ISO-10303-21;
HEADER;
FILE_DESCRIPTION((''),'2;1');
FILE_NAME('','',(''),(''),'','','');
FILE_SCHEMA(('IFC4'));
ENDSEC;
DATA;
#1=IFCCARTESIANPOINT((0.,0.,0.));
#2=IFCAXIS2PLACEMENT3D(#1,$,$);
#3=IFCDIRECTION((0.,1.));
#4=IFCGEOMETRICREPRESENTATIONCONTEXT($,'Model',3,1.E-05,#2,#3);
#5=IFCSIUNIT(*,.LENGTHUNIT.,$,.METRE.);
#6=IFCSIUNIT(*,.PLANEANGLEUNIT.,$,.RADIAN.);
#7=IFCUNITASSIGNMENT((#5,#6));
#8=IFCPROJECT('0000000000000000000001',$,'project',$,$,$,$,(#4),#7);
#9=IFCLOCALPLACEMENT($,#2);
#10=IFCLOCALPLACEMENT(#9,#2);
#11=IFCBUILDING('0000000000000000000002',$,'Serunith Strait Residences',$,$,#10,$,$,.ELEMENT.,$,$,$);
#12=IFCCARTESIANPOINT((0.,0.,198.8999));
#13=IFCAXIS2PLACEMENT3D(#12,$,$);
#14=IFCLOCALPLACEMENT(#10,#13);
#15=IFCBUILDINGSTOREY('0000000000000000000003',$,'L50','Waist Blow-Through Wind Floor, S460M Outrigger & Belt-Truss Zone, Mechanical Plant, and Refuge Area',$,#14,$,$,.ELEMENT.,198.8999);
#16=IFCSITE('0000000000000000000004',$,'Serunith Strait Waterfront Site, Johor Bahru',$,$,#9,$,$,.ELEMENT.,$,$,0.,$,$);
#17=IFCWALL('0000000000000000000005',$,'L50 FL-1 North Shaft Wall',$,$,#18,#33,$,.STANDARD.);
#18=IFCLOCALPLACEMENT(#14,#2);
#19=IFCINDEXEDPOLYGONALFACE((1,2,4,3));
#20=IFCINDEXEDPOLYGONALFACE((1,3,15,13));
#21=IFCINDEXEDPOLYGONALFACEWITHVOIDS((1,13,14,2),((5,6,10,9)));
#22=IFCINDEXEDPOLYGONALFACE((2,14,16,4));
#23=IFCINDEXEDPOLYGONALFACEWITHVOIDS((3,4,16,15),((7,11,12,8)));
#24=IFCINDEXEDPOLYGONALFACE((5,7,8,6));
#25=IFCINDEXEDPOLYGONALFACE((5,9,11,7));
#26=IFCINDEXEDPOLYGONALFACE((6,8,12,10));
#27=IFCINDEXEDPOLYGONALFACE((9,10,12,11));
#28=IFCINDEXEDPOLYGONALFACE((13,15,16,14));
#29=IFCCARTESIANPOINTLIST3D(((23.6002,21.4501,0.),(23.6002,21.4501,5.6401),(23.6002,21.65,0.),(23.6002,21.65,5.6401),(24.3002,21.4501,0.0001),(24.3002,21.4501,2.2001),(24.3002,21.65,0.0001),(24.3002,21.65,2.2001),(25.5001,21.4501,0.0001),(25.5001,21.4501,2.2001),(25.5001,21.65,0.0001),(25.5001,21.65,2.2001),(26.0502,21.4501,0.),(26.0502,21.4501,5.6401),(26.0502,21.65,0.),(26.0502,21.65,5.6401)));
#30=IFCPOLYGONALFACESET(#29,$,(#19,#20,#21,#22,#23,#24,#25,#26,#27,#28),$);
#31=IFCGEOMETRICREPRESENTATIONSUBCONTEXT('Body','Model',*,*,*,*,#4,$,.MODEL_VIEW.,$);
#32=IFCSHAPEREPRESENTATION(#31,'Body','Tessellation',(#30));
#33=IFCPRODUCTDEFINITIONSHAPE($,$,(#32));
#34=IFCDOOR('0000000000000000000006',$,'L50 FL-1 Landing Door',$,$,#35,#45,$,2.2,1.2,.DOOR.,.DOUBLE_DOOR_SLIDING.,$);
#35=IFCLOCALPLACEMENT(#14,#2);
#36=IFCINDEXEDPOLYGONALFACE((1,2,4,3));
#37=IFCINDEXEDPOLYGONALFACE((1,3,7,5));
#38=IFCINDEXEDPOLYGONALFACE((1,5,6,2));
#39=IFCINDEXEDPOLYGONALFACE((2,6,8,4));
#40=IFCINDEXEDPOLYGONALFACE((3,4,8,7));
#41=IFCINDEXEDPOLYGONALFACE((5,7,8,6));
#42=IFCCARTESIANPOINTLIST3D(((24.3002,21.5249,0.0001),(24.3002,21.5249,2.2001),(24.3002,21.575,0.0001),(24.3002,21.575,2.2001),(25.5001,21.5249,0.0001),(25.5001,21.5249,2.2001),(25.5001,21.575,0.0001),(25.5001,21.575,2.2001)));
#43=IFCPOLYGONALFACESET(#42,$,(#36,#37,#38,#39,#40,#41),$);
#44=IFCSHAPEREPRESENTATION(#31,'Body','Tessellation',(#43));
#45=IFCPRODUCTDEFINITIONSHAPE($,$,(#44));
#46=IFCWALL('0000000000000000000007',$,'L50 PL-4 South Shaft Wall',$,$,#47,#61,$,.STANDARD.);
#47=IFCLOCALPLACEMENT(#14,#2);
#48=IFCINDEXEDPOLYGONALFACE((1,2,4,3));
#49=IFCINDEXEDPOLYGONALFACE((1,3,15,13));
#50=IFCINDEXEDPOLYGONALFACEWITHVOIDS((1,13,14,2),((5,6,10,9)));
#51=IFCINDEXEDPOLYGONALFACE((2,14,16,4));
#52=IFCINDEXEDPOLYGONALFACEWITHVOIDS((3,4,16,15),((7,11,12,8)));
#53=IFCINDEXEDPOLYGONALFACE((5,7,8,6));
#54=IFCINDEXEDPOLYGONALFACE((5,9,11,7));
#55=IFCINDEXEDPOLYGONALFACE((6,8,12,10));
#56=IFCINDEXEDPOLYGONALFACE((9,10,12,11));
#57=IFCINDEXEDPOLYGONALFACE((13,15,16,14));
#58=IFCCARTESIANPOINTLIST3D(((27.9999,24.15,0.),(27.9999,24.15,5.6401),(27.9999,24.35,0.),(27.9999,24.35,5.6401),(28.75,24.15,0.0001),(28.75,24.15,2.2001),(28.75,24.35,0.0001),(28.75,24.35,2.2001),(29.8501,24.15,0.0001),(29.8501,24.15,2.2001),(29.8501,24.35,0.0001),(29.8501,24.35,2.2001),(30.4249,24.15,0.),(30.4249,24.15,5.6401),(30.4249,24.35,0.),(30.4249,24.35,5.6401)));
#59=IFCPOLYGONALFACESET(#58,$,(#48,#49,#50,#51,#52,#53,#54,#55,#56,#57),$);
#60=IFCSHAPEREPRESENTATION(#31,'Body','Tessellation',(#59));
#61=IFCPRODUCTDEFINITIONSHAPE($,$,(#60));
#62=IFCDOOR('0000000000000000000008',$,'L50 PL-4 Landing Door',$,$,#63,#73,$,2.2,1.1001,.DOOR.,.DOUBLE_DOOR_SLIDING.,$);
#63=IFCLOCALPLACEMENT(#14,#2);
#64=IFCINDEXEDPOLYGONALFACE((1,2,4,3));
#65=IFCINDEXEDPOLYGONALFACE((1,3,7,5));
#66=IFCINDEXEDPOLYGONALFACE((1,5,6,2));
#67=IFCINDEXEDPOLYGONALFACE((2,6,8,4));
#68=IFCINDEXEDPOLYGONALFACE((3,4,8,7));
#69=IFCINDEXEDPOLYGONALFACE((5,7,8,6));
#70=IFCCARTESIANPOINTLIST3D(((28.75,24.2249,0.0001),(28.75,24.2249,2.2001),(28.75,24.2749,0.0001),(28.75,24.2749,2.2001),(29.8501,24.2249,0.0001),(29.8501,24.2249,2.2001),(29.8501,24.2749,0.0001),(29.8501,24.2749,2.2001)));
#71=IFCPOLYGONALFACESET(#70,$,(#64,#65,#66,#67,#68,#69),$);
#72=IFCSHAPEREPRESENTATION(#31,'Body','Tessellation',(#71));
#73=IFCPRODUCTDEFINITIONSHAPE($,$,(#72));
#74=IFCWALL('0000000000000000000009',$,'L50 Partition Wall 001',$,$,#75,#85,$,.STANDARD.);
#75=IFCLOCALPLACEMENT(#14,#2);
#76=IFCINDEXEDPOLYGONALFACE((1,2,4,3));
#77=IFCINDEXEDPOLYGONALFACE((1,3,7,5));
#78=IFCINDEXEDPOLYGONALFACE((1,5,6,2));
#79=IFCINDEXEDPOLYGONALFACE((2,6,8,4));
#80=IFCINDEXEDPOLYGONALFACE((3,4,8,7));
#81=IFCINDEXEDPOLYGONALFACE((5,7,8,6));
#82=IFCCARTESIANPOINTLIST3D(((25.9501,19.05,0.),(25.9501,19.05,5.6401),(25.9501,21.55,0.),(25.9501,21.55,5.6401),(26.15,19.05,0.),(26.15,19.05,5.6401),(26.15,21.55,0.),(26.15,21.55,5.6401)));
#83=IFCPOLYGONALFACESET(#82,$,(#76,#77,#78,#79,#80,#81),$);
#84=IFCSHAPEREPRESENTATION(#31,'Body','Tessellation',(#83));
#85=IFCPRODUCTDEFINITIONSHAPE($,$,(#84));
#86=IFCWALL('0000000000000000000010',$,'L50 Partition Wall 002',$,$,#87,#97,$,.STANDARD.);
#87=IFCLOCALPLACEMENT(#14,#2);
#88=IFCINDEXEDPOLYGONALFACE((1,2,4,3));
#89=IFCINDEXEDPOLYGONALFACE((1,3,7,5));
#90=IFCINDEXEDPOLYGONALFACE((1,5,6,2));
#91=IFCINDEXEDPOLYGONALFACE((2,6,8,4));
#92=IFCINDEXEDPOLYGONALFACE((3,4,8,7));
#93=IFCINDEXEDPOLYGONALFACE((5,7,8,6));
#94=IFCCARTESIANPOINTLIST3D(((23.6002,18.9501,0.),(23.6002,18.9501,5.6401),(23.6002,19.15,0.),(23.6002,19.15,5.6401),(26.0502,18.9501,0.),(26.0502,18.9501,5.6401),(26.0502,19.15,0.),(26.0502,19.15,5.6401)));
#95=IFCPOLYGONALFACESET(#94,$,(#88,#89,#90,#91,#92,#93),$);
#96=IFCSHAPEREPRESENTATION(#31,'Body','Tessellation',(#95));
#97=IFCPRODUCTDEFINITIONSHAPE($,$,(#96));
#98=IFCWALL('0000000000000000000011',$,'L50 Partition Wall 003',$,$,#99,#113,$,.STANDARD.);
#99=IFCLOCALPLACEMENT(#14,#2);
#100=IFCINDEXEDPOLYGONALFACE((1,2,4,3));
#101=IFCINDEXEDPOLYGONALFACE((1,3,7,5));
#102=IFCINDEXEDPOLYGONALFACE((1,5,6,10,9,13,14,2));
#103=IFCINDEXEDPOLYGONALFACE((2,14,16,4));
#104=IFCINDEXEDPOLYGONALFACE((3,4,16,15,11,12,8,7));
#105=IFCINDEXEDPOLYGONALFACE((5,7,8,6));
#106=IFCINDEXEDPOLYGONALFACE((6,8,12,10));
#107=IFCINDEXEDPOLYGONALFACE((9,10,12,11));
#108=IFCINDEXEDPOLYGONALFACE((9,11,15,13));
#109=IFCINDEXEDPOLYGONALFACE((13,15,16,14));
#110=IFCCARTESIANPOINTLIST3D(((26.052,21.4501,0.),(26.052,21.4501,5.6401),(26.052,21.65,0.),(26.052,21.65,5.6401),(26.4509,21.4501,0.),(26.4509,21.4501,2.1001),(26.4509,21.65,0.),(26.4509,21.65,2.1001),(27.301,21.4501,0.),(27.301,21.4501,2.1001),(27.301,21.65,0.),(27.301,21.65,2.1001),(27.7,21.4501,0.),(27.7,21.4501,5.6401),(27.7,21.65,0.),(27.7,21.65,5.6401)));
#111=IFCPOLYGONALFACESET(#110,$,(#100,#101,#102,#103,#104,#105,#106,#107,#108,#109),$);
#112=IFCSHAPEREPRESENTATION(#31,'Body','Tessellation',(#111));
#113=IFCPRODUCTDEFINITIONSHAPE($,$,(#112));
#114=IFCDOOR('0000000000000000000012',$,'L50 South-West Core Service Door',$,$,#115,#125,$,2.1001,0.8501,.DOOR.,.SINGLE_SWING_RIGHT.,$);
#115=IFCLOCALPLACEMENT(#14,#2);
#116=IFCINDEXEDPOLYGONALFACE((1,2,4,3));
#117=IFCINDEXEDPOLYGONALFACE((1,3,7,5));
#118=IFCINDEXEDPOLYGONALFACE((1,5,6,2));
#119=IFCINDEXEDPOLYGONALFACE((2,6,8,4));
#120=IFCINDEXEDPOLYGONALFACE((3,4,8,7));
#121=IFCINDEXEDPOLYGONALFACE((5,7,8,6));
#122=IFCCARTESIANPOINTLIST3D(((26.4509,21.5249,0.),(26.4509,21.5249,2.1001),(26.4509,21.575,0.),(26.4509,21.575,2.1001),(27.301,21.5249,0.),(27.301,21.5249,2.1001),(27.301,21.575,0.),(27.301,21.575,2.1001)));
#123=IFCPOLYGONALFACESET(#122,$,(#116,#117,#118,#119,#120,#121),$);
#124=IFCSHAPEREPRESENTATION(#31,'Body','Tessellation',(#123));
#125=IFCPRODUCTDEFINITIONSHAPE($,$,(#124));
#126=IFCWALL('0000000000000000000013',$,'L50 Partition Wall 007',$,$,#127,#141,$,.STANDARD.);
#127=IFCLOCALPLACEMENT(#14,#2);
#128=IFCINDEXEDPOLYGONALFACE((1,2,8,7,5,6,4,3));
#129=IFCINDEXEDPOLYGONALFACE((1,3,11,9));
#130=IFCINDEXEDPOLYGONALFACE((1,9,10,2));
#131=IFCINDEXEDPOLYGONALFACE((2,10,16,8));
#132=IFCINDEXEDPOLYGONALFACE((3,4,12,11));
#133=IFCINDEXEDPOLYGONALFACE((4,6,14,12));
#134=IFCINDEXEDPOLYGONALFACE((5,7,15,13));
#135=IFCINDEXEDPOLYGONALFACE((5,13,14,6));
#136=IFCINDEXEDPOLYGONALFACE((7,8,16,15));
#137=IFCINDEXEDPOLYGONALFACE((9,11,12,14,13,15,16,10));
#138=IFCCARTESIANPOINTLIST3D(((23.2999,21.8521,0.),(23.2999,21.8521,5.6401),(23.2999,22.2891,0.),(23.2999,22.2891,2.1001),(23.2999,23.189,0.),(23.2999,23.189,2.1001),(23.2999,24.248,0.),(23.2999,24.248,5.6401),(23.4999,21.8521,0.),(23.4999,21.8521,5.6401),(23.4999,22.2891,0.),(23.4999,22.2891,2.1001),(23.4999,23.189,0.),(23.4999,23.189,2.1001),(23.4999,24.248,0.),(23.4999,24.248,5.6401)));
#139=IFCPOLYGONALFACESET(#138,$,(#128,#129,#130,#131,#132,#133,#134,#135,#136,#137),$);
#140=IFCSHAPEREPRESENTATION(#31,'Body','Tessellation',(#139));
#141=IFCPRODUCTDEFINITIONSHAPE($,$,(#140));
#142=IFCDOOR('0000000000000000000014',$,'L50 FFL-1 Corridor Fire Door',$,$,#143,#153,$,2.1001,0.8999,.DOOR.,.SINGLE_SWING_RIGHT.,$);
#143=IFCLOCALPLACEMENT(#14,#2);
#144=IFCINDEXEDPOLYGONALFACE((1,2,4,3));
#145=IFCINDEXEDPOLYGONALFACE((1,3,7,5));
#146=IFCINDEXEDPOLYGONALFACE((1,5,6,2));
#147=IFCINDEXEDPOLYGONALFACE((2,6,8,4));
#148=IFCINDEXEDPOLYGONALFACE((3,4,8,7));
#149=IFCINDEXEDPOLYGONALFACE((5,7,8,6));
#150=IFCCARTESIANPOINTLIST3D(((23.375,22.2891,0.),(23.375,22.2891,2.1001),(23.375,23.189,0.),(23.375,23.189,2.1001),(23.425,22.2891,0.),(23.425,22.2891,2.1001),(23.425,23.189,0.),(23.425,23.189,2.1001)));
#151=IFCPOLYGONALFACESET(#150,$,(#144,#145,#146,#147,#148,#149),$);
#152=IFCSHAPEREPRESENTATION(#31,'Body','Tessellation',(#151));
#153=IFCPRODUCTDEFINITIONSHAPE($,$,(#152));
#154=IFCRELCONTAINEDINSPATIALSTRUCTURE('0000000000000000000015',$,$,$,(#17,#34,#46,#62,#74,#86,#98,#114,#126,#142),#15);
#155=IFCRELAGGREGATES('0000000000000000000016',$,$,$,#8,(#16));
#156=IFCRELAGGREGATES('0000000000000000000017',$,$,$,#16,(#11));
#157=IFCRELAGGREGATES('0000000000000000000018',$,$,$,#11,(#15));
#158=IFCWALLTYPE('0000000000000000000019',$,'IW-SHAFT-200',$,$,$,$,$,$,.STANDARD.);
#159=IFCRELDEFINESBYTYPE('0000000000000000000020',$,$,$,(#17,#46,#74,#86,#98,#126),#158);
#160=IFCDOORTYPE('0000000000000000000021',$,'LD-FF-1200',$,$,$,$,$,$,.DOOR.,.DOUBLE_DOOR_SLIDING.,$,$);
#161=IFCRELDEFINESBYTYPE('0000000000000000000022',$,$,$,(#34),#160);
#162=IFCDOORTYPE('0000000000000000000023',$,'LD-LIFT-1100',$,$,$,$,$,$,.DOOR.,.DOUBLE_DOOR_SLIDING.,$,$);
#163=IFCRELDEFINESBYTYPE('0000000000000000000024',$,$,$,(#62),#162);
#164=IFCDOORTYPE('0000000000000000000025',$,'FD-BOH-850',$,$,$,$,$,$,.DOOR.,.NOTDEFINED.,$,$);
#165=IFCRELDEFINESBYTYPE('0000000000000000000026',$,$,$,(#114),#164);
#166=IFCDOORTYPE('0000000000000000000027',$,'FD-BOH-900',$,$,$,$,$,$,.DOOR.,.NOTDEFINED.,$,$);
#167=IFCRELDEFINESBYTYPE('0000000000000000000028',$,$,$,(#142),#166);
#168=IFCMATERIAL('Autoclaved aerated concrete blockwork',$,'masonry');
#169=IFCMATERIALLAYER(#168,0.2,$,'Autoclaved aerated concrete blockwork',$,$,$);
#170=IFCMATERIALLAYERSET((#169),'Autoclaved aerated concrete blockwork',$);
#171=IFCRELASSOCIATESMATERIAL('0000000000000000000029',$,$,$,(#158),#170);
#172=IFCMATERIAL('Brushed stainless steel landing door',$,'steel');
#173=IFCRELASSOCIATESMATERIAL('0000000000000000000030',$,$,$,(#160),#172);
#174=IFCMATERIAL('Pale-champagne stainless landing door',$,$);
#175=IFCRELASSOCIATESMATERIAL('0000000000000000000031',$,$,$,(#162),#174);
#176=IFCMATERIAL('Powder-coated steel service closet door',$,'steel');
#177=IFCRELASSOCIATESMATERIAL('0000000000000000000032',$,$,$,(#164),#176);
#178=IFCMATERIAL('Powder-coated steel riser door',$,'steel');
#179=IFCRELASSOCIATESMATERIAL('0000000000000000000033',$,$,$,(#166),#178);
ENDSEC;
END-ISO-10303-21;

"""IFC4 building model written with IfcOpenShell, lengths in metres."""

from ifc_helpers import new_model, si_unit, direction, frame, frame_2d, origin, place, context, subcontext, project, spatial, rectangle, extrude, source, transform, mapped, material, layer, layer_set, type_object, element, fill, save


model = new_model("IFC4")

# Units and contexts
model_context = context("Model", 3, precision=1e-05, world=origin(), true_north=direction((0.0, 1.0)))
body_context = subcontext(model_context, "Body", "Model", "MODEL_VIEW")
ifc_project = project(units=[si_unit("LENGTHUNIT", "METRE"), si_unit("PLANEANGLEUNIT", "RADIAN")], contexts=[model_context])

# Site, building, storey
site_placement = place(None, origin())
site = spatial("IfcSite", under=ifc_project, at=site_placement, Name="Serunith Strait Waterfront Site, Johor Bahru", CompositionType="ELEMENT", RefElevation=0.0)
building_placement = place(site_placement, origin())
building = spatial("IfcBuilding", under=site, at=building_placement, Name="Serunith Strait Residences", CompositionType="ELEMENT")
storey_placement = place(building_placement, frame((0.0, 0.0, 198.8999)))
storey = spatial("IfcBuildingStorey", under=building, at=storey_placement, Name="L50", Description="Waist Blow-Through Wind Floor, S460M Outrigger & Belt-Truss Zone, Mechanical Plant, and Refuge Area", CompositionType="ELEMENT", Elevation=198.8999)

# Walls, openings, doors
ifc_material_1 = material(Name="Autoclaved aerated concrete blockwork", Category="masonry")
ifc_layer_1 = layer(ifc_material_1, 0.2, Name="Autoclaved aerated concrete blockwork")
ifc_layer_set_1 = layer_set([ifc_layer_1], Name="Autoclaved aerated concrete blockwork")
wall_type_1 = type_object("IfcWallType", Name="IW-SHAFT-200", PredefinedType="STANDARD", material=ifc_layer_set_1)
wall_1_placement = place(storey_placement, frame((23.6001, 21.55, 0.0), z_axis=(0.0, 0.0, 1.0), x_axis=(1.0, 0.0, 0.0)))
wall_1 = element("IfcWall", 1, at=wall_1_placement, inside=storey, type_object=wall_type_1, Name="L50 FL-1 North Shaft Wall", PredefinedType="STANDARD", context=body_context, shape_type="SweptSolid", body=[
    extrude(rectangle(XDim=2.45, YDim=0.2, at=frame_2d((1.2251, 0.0))), origin(), (0.0, 0.0, 1.0), 5.6401),
])
opening_1_placement = place(wall_1_placement, frame((0.7, 0.0, 0.0)))
opening_1 = element("IfcOpeningElement", 2, at=opening_1_placement, cuts=wall_1, PredefinedType="OPENING", context=body_context, shape_type="SweptSolid", body=[
    extrude(rectangle(XDim=1.2, YDim=2.2, at=frame_2d((0.6001, 1.1001))), frame((0.0, 0.1099, 0.0), z_axis=(0.0, -1.0, 0.0), x_axis=(1.0, 0.0, 0.0)), (0.0, 0.0, 1.0), 0.22),
])
ifc_material_2 = material(Name="Brushed stainless steel landing door", Category="steel")
door_type_1 = type_object("IfcDoorType", Name="LD-FF-1200", OperationType="DOUBLE_DOOR_SLIDING", PredefinedType="DOOR", material=ifc_material_2)
shared_shape_1 = source(origin(), body_context, "Body", "SweptSolid", [
    extrude(rectangle(XDim=1.2, YDim=2.2, at=frame_2d((0.6001, 1.1001))), frame((0.0, 0.0249, 0.0), z_axis=(0.0, -1.0, 0.0), x_axis=(1.0, 0.0, 0.0)), (0.0, 0.0, 1.0), 0.05),
])
door_1_placement = place(opening_1_placement, origin())
door_1 = element("IfcDoor", 3, at=door_1_placement, inside=storey, type_object=door_type_1, Name="L50 FL-1 Landing Door", OperationType="DOUBLE_DOOR_SLIDING", OverallHeight=2.2, OverallWidth=1.2, PredefinedType="DOOR", context=body_context, shape_type="MappedRepresentation", body=[
    mapped(shared_shape_1, transform((0.0, 0.0, 0.0), scale=1.0)),
])
fill(opening_1, door_1)
wall_2_placement = place(storey_placement, frame((28.0, 24.25, 0.0), z_axis=(0.0, 0.0, 1.0), x_axis=(1.0, 0.0, 0.0)))
wall_2 = element("IfcWall", 4, at=wall_2_placement, inside=storey, type_object=wall_type_1, Name="L50 PL-4 South Shaft Wall", PredefinedType="STANDARD", context=body_context, shape_type="SweptSolid", body=[
    extrude(rectangle(XDim=2.425, YDim=0.2, at=frame_2d((1.2124, 0.0))), origin(), (0.0, 0.0, 1.0), 5.6401),
])
opening_2_placement = place(wall_2_placement, frame((0.75, 0.0, 0.0)))
opening_2 = element("IfcOpeningElement", 5, at=opening_2_placement, cuts=wall_2, PredefinedType="OPENING", context=body_context, shape_type="SweptSolid", body=[
    extrude(rectangle(XDim=1.1001, YDim=2.2, at=frame_2d((0.55, 1.1001))), frame((0.0, 0.1099, 0.0), z_axis=(0.0, -1.0, 0.0), x_axis=(1.0, 0.0, 0.0)), (0.0, 0.0, 1.0), 0.22),
])
ifc_material_3 = material(Name="Pale-champagne stainless landing door")
door_type_2 = type_object("IfcDoorType", Name="LD-LIFT-1100", OperationType="DOUBLE_DOOR_SLIDING", PredefinedType="DOOR", material=ifc_material_3)
shared_shape_2 = source(origin(), body_context, "Body", "SweptSolid", [
    extrude(rectangle(XDim=1.1001, YDim=2.2, at=frame_2d((0.55, 1.1001))), frame((0.0, 0.0249, 0.0), z_axis=(0.0, -1.0, 0.0), x_axis=(1.0, 0.0, 0.0)), (0.0, 0.0, 1.0), 0.05),
])
door_2_placement = place(opening_2_placement, origin())
door_2 = element("IfcDoor", 6, at=door_2_placement, inside=storey, type_object=door_type_2, Name="L50 PL-4 Landing Door", OperationType="DOUBLE_DOOR_SLIDING", OverallHeight=2.2, OverallWidth=1.1001, PredefinedType="DOOR", context=body_context, shape_type="MappedRepresentation", body=[
    mapped(shared_shape_2, transform((0.0, 0.0, 0.0), scale=1.0)),
])
fill(opening_2, door_2)

# Walls
wall_3_placement = place(storey_placement, frame((26.05, 19.05, 0.0), z_axis=(0.0, 0.0, 1.0), x_axis=(0.0, 1.0, 0.0)))
element("IfcWall", 7, at=wall_3_placement, inside=storey, type_object=wall_type_1, Name="L50 Partition Wall 001", PredefinedType="STANDARD", context=body_context, shape_type="SweptSolid", body=[
    extrude(rectangle(XDim=2.5, YDim=0.2, at=frame_2d((1.25, 0.0))), origin(), (0.0, 0.0, 1.0), 5.6401),
])
wall_4_placement = place(storey_placement, frame((23.6001, 19.05, 0.0), z_axis=(0.0, 0.0, 1.0), x_axis=(1.0, 0.0, 0.0)))
element("IfcWall", 8, at=wall_4_placement, inside=storey, type_object=wall_type_1, Name="L50 Partition Wall 002", PredefinedType="STANDARD", context=body_context, shape_type="SweptSolid", body=[
    extrude(rectangle(XDim=2.45, YDim=0.2, at=frame_2d((1.2251, 0.0))), origin(), (0.0, 0.0, 1.0), 5.6401),
])

# Walls, openings, doors
wall_5_placement = place(storey_placement, frame((26.052, 21.55, 0.0), z_axis=(0.0, 0.0, 1.0), x_axis=(1.0, 0.0, 0.0)))
wall_5 = element("IfcWall", 9, at=wall_5_placement, inside=storey, type_object=wall_type_1, Name="L50 Partition Wall 003", PredefinedType="STANDARD", context=body_context, shape_type="SweptSolid", body=[
    extrude(rectangle(XDim=1.6479, YDim=0.2, at=frame_2d((0.824, 0.0))), origin(), (0.0, 0.0, 1.0), 5.6401),
])
opening_3_placement = place(wall_5_placement, frame((0.3989, 0.0, 0.0)))
opening_3 = element("IfcOpeningElement", 10, at=opening_3_placement, cuts=wall_5, PredefinedType="OPENING", context=body_context, shape_type="SweptSolid", body=[
    extrude(rectangle(XDim=0.8501, YDim=2.1001, at=frame_2d((0.425, 1.05))), frame((0.0, 0.1099, 0.0), z_axis=(0.0, -1.0, 0.0), x_axis=(1.0, 0.0, 0.0)), (0.0, 0.0, 1.0), 0.22),
])
ifc_material_4 = material(Name="Powder-coated steel service closet door", Category="steel")
door_type_3 = type_object("IfcDoorType", Name="FD-BOH-850", OperationType="NOTDEFINED", PredefinedType="DOOR", material=ifc_material_4)
shared_shape_3 = source(origin(), body_context, "Body", "SweptSolid", [
    extrude(rectangle(XDim=0.8501, YDim=2.1001, at=frame_2d((0.425, 1.05))), frame((0.0, 0.0249, 0.0), z_axis=(0.0, -1.0, 0.0), x_axis=(1.0, 0.0, 0.0)), (0.0, 0.0, 1.0), 0.05),
])
door_3_placement = place(opening_3_placement, origin())
door_3 = element("IfcDoor", 11, at=door_3_placement, inside=storey, type_object=door_type_3, Name="L50 South-West Core Service Door", OperationType="SINGLE_SWING_RIGHT", OverallHeight=2.1001, OverallWidth=0.8501, PredefinedType="DOOR", context=body_context, shape_type="MappedRepresentation", body=[
    mapped(shared_shape_3, transform((0.0, 0.0, 0.0), scale=1.0)),
])
fill(opening_3, door_3)
wall_6_placement = place(storey_placement, frame((23.3999, 21.8521, 0.0), z_axis=(0.0, 0.0, 1.0), x_axis=(0.0, 1.0, 0.0)))
wall_6 = element("IfcWall", 12, at=wall_6_placement, inside=storey, type_object=wall_type_1, Name="L50 Partition Wall 007", PredefinedType="STANDARD", context=body_context, shape_type="SweptSolid", body=[
    extrude(rectangle(XDim=2.396, YDim=0.2, at=frame_2d((1.198, 0.0))), origin(), (0.0, 0.0, 1.0), 5.6401),
])
opening_4_placement = place(wall_6_placement, frame((0.437, 0.0, 0.0)))
opening_4 = element("IfcOpeningElement", 13, at=opening_4_placement, cuts=wall_6, PredefinedType="OPENING", context=body_context, shape_type="SweptSolid", body=[
    extrude(rectangle(XDim=0.8999, YDim=2.1001, at=frame_2d((0.45, 1.05))), frame((0.0, 0.1099, 0.0), z_axis=(0.0, -1.0, 0.0), x_axis=(1.0, 0.0, 0.0)), (0.0, 0.0, 1.0), 0.22),
])
ifc_material_5 = material(Name="Powder-coated steel riser door", Category="steel")
door_type_4 = type_object("IfcDoorType", Name="FD-BOH-900", OperationType="NOTDEFINED", PredefinedType="DOOR", material=ifc_material_5)
shared_shape_4 = source(origin(), body_context, "Body", "SweptSolid", [
    extrude(rectangle(XDim=0.8999, YDim=2.1001, at=frame_2d((0.45, 1.05))), frame((0.0, 0.0249, 0.0), z_axis=(0.0, -1.0, 0.0), x_axis=(1.0, 0.0, 0.0)), (0.0, 0.0, 1.0), 0.05),
])
door_4_placement = place(opening_4_placement, origin())
door_4 = element("IfcDoor", 14, at=door_4_placement, inside=storey, type_object=door_type_4, Name="L50 FFL-1 Corridor Fire Door", OperationType="SINGLE_SWING_RIGHT", OverallHeight=2.1001, OverallWidth=0.8999, PredefinedType="DOOR", context=body_context, shape_type="MappedRepresentation", body=[
    mapped(shared_shape_4, transform((0.0, 0.0, 0.0), scale=1.0)),
])
fill(opening_4, door_4)

save(model, "model.ifc")
